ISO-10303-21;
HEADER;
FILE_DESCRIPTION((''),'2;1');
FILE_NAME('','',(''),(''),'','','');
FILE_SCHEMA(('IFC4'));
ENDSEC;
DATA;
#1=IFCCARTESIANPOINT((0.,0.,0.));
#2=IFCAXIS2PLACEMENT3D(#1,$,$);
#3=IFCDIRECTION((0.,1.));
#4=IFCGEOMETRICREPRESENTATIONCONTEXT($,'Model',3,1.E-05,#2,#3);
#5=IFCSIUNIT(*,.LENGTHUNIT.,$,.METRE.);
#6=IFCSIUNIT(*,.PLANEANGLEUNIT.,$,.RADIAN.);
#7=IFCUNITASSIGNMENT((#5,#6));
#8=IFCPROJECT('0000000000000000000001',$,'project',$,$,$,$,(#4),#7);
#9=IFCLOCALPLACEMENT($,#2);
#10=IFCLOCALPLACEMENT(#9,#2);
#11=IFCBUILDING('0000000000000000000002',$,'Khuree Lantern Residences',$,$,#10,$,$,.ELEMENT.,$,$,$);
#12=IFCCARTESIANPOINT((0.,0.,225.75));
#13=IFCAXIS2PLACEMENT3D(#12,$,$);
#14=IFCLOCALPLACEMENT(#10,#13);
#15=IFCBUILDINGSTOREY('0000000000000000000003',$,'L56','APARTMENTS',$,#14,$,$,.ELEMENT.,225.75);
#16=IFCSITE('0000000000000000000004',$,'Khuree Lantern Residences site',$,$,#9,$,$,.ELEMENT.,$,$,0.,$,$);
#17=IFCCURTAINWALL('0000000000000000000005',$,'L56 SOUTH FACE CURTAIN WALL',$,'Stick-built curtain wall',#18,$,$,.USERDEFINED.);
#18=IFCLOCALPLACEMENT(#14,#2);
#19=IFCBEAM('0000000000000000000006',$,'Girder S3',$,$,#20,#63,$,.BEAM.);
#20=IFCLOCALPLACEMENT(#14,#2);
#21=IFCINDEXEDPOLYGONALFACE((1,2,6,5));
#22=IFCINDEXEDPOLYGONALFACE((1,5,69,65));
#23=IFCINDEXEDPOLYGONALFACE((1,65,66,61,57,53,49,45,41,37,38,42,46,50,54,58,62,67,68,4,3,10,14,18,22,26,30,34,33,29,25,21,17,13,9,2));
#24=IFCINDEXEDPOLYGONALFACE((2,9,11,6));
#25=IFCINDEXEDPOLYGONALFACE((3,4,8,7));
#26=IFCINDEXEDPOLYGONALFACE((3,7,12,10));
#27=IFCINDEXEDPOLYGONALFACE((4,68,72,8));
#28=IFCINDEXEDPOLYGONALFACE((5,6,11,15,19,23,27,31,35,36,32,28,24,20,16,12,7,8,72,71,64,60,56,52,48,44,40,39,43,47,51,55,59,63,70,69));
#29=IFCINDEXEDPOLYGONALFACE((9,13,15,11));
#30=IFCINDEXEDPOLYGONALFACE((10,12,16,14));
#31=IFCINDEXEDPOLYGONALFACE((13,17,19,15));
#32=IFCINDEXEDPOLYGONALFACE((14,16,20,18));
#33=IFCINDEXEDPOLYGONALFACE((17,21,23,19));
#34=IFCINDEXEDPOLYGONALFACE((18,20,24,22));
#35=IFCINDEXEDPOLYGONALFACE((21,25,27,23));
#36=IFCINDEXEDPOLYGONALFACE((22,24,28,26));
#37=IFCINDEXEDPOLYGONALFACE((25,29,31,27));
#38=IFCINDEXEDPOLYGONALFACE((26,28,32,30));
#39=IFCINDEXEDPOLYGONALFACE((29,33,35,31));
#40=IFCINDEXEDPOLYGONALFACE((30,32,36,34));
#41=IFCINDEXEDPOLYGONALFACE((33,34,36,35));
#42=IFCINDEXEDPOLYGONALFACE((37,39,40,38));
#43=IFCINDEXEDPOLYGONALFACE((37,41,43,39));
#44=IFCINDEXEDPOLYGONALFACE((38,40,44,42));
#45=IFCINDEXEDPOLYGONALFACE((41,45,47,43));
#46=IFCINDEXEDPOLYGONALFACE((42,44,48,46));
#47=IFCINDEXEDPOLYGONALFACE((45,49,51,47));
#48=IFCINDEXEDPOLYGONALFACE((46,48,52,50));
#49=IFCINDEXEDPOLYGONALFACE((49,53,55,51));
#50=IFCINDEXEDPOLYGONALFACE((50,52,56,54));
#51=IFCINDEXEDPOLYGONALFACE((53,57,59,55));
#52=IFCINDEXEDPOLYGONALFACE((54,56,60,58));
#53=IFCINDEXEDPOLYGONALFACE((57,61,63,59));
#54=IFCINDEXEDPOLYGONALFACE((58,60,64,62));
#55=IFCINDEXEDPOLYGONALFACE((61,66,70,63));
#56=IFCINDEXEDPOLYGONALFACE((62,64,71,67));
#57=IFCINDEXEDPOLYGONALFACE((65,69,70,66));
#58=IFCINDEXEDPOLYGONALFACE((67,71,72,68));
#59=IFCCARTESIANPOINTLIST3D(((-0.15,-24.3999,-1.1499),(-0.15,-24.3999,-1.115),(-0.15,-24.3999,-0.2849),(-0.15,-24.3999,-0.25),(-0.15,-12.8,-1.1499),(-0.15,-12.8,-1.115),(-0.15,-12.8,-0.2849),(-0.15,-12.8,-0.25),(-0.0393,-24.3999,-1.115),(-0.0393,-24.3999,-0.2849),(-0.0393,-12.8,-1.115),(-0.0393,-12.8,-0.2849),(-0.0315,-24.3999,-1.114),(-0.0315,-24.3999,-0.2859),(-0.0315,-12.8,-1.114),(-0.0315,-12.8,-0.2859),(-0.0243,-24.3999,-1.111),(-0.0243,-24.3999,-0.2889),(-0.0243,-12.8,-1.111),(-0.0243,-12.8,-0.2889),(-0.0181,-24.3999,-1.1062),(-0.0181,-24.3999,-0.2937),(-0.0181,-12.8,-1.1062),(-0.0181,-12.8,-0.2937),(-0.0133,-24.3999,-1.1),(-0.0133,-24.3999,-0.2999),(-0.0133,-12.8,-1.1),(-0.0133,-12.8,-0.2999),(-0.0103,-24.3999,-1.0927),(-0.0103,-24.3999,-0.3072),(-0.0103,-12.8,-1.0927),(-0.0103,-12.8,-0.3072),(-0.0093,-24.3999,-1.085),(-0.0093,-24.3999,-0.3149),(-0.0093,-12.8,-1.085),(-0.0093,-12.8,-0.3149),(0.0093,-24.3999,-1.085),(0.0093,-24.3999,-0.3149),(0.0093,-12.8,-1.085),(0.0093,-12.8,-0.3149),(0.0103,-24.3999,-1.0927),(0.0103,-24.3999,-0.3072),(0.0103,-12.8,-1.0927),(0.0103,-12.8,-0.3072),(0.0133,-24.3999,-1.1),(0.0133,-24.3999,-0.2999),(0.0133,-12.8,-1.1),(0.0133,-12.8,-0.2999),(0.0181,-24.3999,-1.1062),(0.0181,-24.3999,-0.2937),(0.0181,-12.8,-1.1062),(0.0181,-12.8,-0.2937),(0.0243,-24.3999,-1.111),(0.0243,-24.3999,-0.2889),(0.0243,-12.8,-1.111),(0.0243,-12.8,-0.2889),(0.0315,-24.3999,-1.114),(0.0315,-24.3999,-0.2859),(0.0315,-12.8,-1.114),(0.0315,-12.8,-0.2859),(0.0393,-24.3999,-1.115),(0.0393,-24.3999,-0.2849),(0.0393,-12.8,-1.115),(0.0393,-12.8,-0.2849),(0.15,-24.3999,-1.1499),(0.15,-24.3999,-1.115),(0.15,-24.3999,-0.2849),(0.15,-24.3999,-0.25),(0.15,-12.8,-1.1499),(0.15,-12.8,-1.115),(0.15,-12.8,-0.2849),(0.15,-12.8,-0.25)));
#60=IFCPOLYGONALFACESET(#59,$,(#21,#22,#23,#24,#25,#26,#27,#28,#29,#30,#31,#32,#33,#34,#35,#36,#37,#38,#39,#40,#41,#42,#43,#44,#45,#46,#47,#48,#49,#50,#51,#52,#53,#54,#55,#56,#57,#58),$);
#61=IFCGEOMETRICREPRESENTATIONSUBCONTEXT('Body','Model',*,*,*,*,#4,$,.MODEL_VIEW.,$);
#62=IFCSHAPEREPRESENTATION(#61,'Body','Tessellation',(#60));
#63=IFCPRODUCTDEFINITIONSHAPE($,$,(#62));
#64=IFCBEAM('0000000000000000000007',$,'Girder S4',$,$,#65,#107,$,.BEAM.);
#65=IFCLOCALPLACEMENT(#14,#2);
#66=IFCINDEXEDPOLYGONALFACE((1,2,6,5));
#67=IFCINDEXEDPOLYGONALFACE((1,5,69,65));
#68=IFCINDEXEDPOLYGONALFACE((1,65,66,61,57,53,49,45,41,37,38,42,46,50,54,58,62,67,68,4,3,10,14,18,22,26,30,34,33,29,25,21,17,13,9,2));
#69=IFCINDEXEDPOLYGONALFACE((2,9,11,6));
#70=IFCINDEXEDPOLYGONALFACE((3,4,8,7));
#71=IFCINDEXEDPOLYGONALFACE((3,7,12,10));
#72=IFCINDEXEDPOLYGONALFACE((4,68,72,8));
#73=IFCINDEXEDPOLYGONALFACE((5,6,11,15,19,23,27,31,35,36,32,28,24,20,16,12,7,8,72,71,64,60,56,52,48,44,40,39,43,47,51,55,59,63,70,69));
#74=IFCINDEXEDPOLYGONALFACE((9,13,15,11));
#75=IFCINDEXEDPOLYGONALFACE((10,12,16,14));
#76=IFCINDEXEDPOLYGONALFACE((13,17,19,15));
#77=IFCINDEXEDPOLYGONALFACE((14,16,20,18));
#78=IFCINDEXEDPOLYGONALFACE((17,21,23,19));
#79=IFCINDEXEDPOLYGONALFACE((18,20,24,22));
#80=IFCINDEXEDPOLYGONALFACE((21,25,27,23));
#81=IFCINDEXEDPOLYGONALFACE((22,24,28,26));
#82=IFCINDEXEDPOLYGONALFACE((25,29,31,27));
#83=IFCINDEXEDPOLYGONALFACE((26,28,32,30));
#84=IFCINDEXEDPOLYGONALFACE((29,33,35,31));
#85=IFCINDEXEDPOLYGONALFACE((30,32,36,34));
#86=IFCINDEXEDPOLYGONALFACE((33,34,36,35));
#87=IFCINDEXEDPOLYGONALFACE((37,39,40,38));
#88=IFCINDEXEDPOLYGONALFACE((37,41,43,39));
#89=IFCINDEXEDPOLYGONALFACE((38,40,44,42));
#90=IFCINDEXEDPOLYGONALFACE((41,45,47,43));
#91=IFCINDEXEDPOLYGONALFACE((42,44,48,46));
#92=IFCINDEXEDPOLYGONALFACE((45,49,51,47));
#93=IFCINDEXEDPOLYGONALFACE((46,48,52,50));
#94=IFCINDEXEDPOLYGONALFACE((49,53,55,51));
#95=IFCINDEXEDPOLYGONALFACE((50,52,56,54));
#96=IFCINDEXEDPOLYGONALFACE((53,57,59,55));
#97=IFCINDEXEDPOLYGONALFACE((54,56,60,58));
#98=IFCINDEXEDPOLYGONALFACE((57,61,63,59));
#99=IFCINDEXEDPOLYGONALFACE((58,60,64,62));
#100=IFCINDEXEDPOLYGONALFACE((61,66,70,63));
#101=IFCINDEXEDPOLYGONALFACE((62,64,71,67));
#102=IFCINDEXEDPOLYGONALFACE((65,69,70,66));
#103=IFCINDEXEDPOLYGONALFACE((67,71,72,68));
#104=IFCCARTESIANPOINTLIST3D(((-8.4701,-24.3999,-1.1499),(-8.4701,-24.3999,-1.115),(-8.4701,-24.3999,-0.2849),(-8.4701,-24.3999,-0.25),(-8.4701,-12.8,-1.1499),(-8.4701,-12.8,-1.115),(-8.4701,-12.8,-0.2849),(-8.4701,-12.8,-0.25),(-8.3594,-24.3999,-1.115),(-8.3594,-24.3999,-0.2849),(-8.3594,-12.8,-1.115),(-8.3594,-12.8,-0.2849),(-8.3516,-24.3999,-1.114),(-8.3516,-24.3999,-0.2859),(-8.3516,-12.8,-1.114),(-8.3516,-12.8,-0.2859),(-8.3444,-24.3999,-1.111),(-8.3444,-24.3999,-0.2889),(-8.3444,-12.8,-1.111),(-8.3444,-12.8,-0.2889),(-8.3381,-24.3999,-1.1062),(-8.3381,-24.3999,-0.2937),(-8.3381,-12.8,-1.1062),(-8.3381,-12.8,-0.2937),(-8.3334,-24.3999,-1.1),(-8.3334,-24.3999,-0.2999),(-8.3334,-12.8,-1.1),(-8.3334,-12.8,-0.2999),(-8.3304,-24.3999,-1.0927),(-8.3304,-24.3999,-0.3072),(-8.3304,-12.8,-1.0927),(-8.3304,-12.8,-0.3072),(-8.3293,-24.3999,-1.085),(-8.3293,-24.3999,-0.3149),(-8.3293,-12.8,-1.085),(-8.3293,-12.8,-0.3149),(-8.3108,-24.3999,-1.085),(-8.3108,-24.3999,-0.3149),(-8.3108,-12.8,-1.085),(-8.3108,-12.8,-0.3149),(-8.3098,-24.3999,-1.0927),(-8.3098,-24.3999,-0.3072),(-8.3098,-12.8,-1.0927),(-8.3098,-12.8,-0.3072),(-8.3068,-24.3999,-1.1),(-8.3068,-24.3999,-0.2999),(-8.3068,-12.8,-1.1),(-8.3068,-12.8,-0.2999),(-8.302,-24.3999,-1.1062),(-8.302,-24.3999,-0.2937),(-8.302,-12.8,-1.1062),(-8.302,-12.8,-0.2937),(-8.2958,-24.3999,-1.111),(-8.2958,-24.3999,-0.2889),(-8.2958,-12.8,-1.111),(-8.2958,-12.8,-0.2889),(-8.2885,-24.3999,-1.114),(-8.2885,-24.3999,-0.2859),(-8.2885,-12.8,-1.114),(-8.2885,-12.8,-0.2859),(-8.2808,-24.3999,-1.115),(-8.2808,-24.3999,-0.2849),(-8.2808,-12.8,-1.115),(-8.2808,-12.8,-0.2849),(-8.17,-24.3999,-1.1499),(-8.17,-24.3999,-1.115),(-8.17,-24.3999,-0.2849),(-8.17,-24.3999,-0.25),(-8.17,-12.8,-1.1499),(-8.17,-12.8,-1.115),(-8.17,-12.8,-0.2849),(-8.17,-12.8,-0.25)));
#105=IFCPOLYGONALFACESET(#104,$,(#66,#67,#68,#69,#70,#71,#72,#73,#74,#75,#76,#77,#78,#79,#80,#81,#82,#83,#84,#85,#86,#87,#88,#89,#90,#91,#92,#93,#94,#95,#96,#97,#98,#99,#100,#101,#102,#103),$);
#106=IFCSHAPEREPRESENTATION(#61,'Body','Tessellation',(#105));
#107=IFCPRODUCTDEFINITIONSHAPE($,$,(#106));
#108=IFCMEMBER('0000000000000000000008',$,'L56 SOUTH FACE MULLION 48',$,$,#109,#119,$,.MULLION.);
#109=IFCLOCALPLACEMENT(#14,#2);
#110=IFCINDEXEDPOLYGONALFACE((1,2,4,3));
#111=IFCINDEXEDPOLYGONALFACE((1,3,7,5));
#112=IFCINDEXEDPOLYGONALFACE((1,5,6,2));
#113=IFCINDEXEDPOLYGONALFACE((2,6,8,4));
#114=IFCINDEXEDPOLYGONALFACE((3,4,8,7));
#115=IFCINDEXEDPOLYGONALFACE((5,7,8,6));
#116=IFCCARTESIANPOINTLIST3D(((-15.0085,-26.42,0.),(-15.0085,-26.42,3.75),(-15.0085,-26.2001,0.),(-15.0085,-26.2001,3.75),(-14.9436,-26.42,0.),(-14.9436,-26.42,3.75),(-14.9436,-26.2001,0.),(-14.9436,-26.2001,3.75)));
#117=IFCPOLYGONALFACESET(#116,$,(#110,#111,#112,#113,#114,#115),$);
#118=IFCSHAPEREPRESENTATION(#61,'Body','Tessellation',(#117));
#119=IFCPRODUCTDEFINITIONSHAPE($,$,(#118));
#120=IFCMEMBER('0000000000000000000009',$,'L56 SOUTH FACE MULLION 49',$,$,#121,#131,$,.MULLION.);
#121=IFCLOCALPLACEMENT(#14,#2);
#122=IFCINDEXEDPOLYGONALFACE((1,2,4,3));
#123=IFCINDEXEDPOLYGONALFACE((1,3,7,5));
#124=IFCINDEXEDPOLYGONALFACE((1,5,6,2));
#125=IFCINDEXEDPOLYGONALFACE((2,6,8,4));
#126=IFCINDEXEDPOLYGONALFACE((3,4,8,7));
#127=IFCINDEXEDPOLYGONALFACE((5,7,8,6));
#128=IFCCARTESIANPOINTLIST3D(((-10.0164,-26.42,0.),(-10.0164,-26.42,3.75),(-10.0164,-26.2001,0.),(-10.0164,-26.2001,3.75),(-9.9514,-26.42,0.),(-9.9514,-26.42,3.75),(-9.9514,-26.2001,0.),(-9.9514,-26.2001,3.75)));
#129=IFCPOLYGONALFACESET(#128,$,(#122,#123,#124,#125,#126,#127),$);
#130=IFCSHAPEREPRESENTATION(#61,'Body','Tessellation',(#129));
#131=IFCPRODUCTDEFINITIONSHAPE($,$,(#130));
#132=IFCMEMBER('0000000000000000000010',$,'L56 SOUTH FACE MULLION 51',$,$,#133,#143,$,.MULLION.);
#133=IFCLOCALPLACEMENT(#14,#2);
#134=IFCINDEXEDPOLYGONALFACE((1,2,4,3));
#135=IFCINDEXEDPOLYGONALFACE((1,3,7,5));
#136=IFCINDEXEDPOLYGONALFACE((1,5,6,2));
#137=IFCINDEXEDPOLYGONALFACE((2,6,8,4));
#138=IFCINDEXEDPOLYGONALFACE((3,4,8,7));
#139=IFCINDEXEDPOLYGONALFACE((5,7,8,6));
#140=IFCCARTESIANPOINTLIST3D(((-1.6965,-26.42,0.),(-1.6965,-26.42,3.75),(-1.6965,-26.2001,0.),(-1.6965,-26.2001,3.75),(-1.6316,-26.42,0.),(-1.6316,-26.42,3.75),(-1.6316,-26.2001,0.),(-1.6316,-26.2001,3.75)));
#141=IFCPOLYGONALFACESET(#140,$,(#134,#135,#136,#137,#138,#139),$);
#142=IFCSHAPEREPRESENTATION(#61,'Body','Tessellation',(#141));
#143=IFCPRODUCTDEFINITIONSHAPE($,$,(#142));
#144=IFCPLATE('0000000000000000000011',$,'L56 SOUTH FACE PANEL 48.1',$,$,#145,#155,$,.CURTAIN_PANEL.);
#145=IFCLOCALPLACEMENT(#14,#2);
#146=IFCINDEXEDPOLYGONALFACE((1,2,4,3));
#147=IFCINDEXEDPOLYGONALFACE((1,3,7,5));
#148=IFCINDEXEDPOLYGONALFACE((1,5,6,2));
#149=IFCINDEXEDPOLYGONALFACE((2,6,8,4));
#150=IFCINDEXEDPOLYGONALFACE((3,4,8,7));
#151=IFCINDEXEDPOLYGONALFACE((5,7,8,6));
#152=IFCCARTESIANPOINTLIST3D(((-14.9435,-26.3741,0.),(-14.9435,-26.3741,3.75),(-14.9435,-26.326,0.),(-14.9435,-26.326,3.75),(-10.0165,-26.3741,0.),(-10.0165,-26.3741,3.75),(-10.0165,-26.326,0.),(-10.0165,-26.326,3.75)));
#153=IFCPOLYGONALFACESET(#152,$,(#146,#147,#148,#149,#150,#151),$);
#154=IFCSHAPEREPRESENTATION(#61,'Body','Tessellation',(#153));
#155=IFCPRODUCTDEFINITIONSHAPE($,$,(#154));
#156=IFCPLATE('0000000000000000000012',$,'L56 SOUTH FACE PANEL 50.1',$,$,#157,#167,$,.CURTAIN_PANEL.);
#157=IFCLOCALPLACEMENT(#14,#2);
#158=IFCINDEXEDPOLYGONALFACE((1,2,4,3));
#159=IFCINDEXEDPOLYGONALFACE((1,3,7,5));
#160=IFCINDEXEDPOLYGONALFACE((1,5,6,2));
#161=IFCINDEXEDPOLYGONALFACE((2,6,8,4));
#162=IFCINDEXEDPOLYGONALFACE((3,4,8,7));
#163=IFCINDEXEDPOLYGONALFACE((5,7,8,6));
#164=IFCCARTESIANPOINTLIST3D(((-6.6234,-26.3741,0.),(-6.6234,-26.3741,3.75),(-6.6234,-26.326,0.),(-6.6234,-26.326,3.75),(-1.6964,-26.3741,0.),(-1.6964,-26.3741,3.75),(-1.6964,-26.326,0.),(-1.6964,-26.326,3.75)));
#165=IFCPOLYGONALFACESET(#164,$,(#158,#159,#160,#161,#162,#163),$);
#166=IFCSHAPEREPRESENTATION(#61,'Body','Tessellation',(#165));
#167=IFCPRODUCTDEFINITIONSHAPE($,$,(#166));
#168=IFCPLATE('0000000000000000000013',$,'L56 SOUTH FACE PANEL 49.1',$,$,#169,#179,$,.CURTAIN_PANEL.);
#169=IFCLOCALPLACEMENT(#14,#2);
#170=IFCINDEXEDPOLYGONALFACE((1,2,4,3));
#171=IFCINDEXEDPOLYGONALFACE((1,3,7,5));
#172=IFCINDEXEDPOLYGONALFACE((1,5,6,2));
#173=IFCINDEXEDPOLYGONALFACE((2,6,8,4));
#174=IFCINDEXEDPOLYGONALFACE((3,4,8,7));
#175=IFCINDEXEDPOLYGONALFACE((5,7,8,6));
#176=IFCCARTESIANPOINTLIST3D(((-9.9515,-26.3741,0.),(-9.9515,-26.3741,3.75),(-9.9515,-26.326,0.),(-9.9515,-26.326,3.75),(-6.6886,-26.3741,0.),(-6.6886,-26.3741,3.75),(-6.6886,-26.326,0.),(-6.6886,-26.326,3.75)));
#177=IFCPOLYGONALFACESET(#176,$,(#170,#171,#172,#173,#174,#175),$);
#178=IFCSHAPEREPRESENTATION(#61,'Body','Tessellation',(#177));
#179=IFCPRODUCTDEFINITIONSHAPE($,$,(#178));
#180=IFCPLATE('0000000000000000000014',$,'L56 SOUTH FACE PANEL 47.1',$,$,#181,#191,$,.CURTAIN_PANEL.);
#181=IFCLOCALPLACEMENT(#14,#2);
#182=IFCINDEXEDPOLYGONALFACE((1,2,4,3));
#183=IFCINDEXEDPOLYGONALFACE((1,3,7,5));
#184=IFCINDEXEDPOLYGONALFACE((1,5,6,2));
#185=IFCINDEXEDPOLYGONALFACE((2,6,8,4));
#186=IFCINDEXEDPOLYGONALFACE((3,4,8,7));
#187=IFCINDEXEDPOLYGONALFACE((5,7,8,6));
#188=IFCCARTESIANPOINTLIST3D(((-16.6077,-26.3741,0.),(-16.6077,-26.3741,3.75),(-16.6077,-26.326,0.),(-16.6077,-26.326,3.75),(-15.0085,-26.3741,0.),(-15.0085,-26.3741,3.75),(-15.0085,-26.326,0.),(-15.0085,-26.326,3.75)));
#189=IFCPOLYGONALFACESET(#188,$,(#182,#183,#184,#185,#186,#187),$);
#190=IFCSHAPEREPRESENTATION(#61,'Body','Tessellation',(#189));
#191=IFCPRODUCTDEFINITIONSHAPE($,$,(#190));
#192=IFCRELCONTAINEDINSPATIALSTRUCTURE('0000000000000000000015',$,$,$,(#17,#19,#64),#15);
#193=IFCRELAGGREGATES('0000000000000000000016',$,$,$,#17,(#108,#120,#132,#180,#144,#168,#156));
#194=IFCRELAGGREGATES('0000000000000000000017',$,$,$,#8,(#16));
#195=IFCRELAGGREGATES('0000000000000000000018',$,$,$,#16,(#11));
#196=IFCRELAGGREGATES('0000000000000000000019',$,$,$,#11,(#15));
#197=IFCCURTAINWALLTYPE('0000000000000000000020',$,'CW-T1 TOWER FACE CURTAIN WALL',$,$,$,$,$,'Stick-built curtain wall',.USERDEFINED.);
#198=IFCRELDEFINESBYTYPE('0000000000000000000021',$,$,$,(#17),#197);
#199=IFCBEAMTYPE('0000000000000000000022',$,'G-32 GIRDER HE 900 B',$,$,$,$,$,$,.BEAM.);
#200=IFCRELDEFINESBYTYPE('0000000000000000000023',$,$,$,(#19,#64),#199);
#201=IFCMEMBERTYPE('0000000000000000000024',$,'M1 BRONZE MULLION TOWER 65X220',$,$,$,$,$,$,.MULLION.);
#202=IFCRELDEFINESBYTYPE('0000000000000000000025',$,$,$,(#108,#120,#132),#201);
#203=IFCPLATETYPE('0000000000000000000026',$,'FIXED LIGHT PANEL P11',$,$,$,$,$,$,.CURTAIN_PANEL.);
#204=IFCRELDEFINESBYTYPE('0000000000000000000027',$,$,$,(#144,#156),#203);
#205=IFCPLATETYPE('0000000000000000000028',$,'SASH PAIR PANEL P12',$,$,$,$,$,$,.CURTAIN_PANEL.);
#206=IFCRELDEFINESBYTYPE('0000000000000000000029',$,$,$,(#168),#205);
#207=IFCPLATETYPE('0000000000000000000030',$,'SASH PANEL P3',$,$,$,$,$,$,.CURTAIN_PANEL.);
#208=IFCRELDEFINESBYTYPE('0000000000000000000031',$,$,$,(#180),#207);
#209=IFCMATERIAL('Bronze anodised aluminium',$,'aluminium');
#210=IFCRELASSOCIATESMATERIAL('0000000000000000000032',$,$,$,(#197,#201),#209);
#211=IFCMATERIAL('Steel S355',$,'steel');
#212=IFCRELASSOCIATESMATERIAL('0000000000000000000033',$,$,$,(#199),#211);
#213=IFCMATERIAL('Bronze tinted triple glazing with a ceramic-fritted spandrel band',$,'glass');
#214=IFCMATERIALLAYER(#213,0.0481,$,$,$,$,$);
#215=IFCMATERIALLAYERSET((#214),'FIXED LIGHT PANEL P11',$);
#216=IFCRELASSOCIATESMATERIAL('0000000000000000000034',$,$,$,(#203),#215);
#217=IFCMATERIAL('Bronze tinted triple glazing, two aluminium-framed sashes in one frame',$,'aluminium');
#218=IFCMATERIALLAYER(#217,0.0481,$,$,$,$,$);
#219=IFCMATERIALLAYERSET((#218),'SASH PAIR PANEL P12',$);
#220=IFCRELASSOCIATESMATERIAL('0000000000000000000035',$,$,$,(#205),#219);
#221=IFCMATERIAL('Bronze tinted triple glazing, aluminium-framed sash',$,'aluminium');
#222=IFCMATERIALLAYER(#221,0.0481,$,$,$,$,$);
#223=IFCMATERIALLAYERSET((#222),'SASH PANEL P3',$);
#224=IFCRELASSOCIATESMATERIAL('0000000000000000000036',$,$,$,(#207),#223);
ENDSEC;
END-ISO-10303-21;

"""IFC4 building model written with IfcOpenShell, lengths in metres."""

from ifc_helpers import new_model, si_unit, direction, frame, origin, origin_2d, place, context, subcontext, project, spatial, rectangle, i_section, extrude, material, layer, layer_set, material_profile, profile_set, type_object, element, aggregate, save


model = new_model("IFC4")

# Units and contexts
model_context = context("Model", 3, precision=1e-05, world=origin(), true_north=direction((0.0, 1.0)))
body_context = subcontext(model_context, "Body", "Model", "MODEL_VIEW")
ifc_project = project(units=[si_unit("LENGTHUNIT", "METRE"), si_unit("PLANEANGLEUNIT", "RADIAN")], contexts=[model_context])

# Site, building, storey
site_placement = place(None, origin())
site = spatial("IfcSite", under=ifc_project, at=site_placement, Name="Khuree Lantern Residences site", CompositionType="ELEMENT", RefElevation=0.0)
building_placement = place(site_placement, origin())
building = spatial("IfcBuilding", under=site, at=building_placement, Name="Khuree Lantern Residences", CompositionType="ELEMENT")
storey_placement = place(building_placement, frame((0.0, 0.0, 225.75)))
storey = spatial("IfcBuildingStorey", under=building, at=storey_placement, Name="L56", Description="APARTMENTS", CompositionType="ELEMENT", Elevation=225.75)

# Shared definitions
ifc_material_1 = material(Name="Steel S355", Category="steel")

# Curtain wall
ifc_material_2 = material(Name="Bronze anodised aluminium", Category="aluminium")
curtain_wall_type = type_object("IfcCurtainWallType", Name="CW-T1 TOWER FACE CURTAIN WALL", ElementType="Stick-built curtain wall", PredefinedType="USERDEFINED", material=ifc_material_2)
curtain_wall_placement = place(storey_placement, origin())
curtain_wall = element("IfcCurtainWall", 1, at=curtain_wall_placement, inside=storey, type_object=curtain_wall_type, Name="L56 SOUTH FACE CURTAIN WALL", ObjectType="Stick-built curtain wall", PredefinedType="USERDEFINED")

# Beams
ifc_material_profile_1 = material_profile(ifc_material_1, i_section(OverallWidth=0.3, OverallDepth=0.8999, WebThickness=0.0186, FlangeThickness=0.0349, FilletRadius=0.03, at=origin_2d()), Name="HE 900 B")
ifc_profile_set_1 = profile_set([ifc_material_profile_1], Name="Steel S355")
beam_type_1 = type_object("IfcBeamType", Name="G-32 GIRDER HE 900 B", PredefinedType="BEAM", material=ifc_profile_set_1)
for number, where, z_axis, x_axis, name in (
    (2, (0.0, -24.3999, -0.7), (0.0, 1.0, 0.0), (-1.0, 0.0, 0.0), "Girder S3"),
    (3, (-8.3201, -24.3999, -0.7), (0.0, 1.0, 0.0), (-1.0, 0.0, 0.0), "Girder S4"),
):
    element("IfcBeam", number, at=place(storey_placement, frame(where, z_axis=z_axis, x_axis=x_axis)), inside=storey, type_object=beam_type_1, Name=name, PredefinedType="BEAM", context=body_context, shape_type="SweptSolid", body=[
        extrude(i_section(OverallWidth=0.3, OverallDepth=0.8999, WebThickness=0.0186, FlangeThickness=0.0349, FilletRadius=0.03, at=origin_2d()), origin(), (0.0, 0.0, 1.0), 11.5999),
    ])

# Members
ifc_material_profile_2 = material_profile(ifc_material_2, rectangle(XDim=0.0649, YDim=0.22, at=origin_2d()), Name="M1 65X220")
ifc_profile_set_2 = profile_set([ifc_material_profile_2], Name="Bronze anodised aluminium")
member_type_1 = type_object("IfcMemberType", Name="M1 BRONZE MULLION TOWER 65X220", PredefinedType="MULLION", material=ifc_profile_set_2)
member_1_placement = place(storey_placement, frame((-14.9761, -26.3101, 0.0), z_axis=(0.0, 0.0, 1.0), x_axis=(1.0, 0.0, 0.0)))
member_1 = element("IfcMember", 4, at=member_1_placement, type_object=member_type_1, Name="L56 SOUTH FACE MULLION 48", PredefinedType="MULLION", context=body_context, shape_type="SweptSolid", body=[
    extrude(rectangle(XDim=0.0649, YDim=0.22, at=origin_2d()), origin(), (0.0, 0.0, 1.0), 3.75),
])
member_2_placement = place(storey_placement, frame((-9.9839, -26.3101, 0.0), z_axis=(0.0, 0.0, 1.0), x_axis=(1.0, 0.0, 0.0)))
member_2 = element("IfcMember", 5, at=member_2_placement, type_object=member_type_1, Name="L56 SOUTH FACE MULLION 49", PredefinedType="MULLION", context=body_context, shape_type="SweptSolid", body=[
    extrude(rectangle(XDim=0.0649, YDim=0.22, at=origin_2d()), origin(), (0.0, 0.0, 1.0), 3.75),
])
member_3_placement = place(storey_placement, frame((-1.6641, -26.3101, 0.0), z_axis=(0.0, 0.0, 1.0), x_axis=(1.0, 0.0, 0.0)))
member_3 = element("IfcMember", 6, at=member_3_placement, type_object=member_type_1, Name="L56 SOUTH FACE MULLION 51", PredefinedType="MULLION", context=body_context, shape_type="SweptSolid", body=[
    extrude(rectangle(XDim=0.0649, YDim=0.22, at=origin_2d()), origin(), (0.0, 0.0, 1.0), 3.75),
])

# Plates
ifc_material_3 = material(Name="Bronze tinted triple glazing with a ceramic-fritted spandrel band", Category="glass")
ifc_layer_1 = layer(ifc_material_3, 0.0481)
ifc_layer_set_1 = layer_set([ifc_layer_1], Name="FIXED LIGHT PANEL P11")
plate_type_1 = type_object("IfcPlateType", Name="FIXED LIGHT PANEL P11", PredefinedType="CURTAIN_PANEL", material=ifc_layer_set_1)
plate_1_placement = place(storey_placement, frame((-12.48, -26.3501, 0.0), z_axis=(0.0, 0.0, 1.0), x_axis=(1.0, 0.0, 0.0)))
plate_1 = element("IfcPlate", 7, at=plate_1_placement, type_object=plate_type_1, Name="L56 SOUTH FACE PANEL 48.1", PredefinedType="CURTAIN_PANEL", context=body_context, shape_type="SweptSolid", body=[
    extrude(rectangle(XDim=4.927, YDim=0.0481, at=origin_2d()), origin(), (0.0, 0.0, 1.0), 3.75),
])
plate_2_placement = place(storey_placement, frame((-4.1599, -26.3501, 0.0), z_axis=(0.0, 0.0, 1.0), x_axis=(1.0, 0.0, 0.0)))
plate_2 = element("IfcPlate", 8, at=plate_2_placement, type_object=plate_type_1, Name="L56 SOUTH FACE PANEL 50.1", PredefinedType="CURTAIN_PANEL", context=body_context, shape_type="SweptSolid", body=[
    extrude(rectangle(XDim=4.927, YDim=0.0481, at=origin_2d()), origin(), (0.0, 0.0, 1.0), 3.75),
])
ifc_material_4 = material(Name="Bronze tinted triple glazing, two aluminium-framed sashes in one frame", Category="aluminium")
ifc_layer_2 = layer(ifc_material_4, 0.0481)
ifc_layer_set_2 = layer_set([ifc_layer_2], Name="SASH PAIR PANEL P12")
plate_type_2 = type_object("IfcPlateType", Name="SASH PAIR PANEL P12", PredefinedType="CURTAIN_PANEL", material=ifc_layer_set_2)
plate_3_placement = place(storey_placement, frame((-8.3201, -26.3501, 0.0), z_axis=(0.0, 0.0, 1.0), x_axis=(1.0, 0.0, 0.0)))
plate_3 = element("IfcPlate", 9, at=plate_3_placement, type_object=plate_type_2, Name="L56 SOUTH FACE PANEL 49.1", PredefinedType="CURTAIN_PANEL", context=body_context, shape_type="SweptSolid", body=[
    extrude(rectangle(XDim=3.2629, YDim=0.0481, at=origin_2d()), origin(), (0.0, 0.0, 1.0), 3.75),
])
ifc_material_5 = material(Name="Bronze tinted triple glazing, aluminium-framed sash", Category="aluminium")
ifc_layer_3 = layer(ifc_material_5, 0.0481)
ifc_layer_set_3 = layer_set([ifc_layer_3], Name="SASH PANEL P3")
plate_type_3 = type_object("IfcPlateType", Name="SASH PANEL P3", PredefinedType="CURTAIN_PANEL", material=ifc_layer_set_3)
plate_4_placement = place(storey_placement, frame((-15.8081, -26.3501, 0.0), z_axis=(0.0, 0.0, 1.0), x_axis=(1.0, 0.0, 0.0)))
plate_4 = element("IfcPlate", 10, at=plate_4_placement, type_object=plate_type_3, Name="L56 SOUTH FACE PANEL 47.1", PredefinedType="CURTAIN_PANEL", context=body_context, shape_type="SweptSolid", body=[
    extrude(rectangle(XDim=1.5991, YDim=0.0481, at=origin_2d()), origin(), (0.0, 0.0, 1.0), 3.75),
])
aggregate(curtain_wall, [member_1, member_2, member_3, plate_4, plate_1, plate_3, plate_2])

save(model, "model.ifc")
